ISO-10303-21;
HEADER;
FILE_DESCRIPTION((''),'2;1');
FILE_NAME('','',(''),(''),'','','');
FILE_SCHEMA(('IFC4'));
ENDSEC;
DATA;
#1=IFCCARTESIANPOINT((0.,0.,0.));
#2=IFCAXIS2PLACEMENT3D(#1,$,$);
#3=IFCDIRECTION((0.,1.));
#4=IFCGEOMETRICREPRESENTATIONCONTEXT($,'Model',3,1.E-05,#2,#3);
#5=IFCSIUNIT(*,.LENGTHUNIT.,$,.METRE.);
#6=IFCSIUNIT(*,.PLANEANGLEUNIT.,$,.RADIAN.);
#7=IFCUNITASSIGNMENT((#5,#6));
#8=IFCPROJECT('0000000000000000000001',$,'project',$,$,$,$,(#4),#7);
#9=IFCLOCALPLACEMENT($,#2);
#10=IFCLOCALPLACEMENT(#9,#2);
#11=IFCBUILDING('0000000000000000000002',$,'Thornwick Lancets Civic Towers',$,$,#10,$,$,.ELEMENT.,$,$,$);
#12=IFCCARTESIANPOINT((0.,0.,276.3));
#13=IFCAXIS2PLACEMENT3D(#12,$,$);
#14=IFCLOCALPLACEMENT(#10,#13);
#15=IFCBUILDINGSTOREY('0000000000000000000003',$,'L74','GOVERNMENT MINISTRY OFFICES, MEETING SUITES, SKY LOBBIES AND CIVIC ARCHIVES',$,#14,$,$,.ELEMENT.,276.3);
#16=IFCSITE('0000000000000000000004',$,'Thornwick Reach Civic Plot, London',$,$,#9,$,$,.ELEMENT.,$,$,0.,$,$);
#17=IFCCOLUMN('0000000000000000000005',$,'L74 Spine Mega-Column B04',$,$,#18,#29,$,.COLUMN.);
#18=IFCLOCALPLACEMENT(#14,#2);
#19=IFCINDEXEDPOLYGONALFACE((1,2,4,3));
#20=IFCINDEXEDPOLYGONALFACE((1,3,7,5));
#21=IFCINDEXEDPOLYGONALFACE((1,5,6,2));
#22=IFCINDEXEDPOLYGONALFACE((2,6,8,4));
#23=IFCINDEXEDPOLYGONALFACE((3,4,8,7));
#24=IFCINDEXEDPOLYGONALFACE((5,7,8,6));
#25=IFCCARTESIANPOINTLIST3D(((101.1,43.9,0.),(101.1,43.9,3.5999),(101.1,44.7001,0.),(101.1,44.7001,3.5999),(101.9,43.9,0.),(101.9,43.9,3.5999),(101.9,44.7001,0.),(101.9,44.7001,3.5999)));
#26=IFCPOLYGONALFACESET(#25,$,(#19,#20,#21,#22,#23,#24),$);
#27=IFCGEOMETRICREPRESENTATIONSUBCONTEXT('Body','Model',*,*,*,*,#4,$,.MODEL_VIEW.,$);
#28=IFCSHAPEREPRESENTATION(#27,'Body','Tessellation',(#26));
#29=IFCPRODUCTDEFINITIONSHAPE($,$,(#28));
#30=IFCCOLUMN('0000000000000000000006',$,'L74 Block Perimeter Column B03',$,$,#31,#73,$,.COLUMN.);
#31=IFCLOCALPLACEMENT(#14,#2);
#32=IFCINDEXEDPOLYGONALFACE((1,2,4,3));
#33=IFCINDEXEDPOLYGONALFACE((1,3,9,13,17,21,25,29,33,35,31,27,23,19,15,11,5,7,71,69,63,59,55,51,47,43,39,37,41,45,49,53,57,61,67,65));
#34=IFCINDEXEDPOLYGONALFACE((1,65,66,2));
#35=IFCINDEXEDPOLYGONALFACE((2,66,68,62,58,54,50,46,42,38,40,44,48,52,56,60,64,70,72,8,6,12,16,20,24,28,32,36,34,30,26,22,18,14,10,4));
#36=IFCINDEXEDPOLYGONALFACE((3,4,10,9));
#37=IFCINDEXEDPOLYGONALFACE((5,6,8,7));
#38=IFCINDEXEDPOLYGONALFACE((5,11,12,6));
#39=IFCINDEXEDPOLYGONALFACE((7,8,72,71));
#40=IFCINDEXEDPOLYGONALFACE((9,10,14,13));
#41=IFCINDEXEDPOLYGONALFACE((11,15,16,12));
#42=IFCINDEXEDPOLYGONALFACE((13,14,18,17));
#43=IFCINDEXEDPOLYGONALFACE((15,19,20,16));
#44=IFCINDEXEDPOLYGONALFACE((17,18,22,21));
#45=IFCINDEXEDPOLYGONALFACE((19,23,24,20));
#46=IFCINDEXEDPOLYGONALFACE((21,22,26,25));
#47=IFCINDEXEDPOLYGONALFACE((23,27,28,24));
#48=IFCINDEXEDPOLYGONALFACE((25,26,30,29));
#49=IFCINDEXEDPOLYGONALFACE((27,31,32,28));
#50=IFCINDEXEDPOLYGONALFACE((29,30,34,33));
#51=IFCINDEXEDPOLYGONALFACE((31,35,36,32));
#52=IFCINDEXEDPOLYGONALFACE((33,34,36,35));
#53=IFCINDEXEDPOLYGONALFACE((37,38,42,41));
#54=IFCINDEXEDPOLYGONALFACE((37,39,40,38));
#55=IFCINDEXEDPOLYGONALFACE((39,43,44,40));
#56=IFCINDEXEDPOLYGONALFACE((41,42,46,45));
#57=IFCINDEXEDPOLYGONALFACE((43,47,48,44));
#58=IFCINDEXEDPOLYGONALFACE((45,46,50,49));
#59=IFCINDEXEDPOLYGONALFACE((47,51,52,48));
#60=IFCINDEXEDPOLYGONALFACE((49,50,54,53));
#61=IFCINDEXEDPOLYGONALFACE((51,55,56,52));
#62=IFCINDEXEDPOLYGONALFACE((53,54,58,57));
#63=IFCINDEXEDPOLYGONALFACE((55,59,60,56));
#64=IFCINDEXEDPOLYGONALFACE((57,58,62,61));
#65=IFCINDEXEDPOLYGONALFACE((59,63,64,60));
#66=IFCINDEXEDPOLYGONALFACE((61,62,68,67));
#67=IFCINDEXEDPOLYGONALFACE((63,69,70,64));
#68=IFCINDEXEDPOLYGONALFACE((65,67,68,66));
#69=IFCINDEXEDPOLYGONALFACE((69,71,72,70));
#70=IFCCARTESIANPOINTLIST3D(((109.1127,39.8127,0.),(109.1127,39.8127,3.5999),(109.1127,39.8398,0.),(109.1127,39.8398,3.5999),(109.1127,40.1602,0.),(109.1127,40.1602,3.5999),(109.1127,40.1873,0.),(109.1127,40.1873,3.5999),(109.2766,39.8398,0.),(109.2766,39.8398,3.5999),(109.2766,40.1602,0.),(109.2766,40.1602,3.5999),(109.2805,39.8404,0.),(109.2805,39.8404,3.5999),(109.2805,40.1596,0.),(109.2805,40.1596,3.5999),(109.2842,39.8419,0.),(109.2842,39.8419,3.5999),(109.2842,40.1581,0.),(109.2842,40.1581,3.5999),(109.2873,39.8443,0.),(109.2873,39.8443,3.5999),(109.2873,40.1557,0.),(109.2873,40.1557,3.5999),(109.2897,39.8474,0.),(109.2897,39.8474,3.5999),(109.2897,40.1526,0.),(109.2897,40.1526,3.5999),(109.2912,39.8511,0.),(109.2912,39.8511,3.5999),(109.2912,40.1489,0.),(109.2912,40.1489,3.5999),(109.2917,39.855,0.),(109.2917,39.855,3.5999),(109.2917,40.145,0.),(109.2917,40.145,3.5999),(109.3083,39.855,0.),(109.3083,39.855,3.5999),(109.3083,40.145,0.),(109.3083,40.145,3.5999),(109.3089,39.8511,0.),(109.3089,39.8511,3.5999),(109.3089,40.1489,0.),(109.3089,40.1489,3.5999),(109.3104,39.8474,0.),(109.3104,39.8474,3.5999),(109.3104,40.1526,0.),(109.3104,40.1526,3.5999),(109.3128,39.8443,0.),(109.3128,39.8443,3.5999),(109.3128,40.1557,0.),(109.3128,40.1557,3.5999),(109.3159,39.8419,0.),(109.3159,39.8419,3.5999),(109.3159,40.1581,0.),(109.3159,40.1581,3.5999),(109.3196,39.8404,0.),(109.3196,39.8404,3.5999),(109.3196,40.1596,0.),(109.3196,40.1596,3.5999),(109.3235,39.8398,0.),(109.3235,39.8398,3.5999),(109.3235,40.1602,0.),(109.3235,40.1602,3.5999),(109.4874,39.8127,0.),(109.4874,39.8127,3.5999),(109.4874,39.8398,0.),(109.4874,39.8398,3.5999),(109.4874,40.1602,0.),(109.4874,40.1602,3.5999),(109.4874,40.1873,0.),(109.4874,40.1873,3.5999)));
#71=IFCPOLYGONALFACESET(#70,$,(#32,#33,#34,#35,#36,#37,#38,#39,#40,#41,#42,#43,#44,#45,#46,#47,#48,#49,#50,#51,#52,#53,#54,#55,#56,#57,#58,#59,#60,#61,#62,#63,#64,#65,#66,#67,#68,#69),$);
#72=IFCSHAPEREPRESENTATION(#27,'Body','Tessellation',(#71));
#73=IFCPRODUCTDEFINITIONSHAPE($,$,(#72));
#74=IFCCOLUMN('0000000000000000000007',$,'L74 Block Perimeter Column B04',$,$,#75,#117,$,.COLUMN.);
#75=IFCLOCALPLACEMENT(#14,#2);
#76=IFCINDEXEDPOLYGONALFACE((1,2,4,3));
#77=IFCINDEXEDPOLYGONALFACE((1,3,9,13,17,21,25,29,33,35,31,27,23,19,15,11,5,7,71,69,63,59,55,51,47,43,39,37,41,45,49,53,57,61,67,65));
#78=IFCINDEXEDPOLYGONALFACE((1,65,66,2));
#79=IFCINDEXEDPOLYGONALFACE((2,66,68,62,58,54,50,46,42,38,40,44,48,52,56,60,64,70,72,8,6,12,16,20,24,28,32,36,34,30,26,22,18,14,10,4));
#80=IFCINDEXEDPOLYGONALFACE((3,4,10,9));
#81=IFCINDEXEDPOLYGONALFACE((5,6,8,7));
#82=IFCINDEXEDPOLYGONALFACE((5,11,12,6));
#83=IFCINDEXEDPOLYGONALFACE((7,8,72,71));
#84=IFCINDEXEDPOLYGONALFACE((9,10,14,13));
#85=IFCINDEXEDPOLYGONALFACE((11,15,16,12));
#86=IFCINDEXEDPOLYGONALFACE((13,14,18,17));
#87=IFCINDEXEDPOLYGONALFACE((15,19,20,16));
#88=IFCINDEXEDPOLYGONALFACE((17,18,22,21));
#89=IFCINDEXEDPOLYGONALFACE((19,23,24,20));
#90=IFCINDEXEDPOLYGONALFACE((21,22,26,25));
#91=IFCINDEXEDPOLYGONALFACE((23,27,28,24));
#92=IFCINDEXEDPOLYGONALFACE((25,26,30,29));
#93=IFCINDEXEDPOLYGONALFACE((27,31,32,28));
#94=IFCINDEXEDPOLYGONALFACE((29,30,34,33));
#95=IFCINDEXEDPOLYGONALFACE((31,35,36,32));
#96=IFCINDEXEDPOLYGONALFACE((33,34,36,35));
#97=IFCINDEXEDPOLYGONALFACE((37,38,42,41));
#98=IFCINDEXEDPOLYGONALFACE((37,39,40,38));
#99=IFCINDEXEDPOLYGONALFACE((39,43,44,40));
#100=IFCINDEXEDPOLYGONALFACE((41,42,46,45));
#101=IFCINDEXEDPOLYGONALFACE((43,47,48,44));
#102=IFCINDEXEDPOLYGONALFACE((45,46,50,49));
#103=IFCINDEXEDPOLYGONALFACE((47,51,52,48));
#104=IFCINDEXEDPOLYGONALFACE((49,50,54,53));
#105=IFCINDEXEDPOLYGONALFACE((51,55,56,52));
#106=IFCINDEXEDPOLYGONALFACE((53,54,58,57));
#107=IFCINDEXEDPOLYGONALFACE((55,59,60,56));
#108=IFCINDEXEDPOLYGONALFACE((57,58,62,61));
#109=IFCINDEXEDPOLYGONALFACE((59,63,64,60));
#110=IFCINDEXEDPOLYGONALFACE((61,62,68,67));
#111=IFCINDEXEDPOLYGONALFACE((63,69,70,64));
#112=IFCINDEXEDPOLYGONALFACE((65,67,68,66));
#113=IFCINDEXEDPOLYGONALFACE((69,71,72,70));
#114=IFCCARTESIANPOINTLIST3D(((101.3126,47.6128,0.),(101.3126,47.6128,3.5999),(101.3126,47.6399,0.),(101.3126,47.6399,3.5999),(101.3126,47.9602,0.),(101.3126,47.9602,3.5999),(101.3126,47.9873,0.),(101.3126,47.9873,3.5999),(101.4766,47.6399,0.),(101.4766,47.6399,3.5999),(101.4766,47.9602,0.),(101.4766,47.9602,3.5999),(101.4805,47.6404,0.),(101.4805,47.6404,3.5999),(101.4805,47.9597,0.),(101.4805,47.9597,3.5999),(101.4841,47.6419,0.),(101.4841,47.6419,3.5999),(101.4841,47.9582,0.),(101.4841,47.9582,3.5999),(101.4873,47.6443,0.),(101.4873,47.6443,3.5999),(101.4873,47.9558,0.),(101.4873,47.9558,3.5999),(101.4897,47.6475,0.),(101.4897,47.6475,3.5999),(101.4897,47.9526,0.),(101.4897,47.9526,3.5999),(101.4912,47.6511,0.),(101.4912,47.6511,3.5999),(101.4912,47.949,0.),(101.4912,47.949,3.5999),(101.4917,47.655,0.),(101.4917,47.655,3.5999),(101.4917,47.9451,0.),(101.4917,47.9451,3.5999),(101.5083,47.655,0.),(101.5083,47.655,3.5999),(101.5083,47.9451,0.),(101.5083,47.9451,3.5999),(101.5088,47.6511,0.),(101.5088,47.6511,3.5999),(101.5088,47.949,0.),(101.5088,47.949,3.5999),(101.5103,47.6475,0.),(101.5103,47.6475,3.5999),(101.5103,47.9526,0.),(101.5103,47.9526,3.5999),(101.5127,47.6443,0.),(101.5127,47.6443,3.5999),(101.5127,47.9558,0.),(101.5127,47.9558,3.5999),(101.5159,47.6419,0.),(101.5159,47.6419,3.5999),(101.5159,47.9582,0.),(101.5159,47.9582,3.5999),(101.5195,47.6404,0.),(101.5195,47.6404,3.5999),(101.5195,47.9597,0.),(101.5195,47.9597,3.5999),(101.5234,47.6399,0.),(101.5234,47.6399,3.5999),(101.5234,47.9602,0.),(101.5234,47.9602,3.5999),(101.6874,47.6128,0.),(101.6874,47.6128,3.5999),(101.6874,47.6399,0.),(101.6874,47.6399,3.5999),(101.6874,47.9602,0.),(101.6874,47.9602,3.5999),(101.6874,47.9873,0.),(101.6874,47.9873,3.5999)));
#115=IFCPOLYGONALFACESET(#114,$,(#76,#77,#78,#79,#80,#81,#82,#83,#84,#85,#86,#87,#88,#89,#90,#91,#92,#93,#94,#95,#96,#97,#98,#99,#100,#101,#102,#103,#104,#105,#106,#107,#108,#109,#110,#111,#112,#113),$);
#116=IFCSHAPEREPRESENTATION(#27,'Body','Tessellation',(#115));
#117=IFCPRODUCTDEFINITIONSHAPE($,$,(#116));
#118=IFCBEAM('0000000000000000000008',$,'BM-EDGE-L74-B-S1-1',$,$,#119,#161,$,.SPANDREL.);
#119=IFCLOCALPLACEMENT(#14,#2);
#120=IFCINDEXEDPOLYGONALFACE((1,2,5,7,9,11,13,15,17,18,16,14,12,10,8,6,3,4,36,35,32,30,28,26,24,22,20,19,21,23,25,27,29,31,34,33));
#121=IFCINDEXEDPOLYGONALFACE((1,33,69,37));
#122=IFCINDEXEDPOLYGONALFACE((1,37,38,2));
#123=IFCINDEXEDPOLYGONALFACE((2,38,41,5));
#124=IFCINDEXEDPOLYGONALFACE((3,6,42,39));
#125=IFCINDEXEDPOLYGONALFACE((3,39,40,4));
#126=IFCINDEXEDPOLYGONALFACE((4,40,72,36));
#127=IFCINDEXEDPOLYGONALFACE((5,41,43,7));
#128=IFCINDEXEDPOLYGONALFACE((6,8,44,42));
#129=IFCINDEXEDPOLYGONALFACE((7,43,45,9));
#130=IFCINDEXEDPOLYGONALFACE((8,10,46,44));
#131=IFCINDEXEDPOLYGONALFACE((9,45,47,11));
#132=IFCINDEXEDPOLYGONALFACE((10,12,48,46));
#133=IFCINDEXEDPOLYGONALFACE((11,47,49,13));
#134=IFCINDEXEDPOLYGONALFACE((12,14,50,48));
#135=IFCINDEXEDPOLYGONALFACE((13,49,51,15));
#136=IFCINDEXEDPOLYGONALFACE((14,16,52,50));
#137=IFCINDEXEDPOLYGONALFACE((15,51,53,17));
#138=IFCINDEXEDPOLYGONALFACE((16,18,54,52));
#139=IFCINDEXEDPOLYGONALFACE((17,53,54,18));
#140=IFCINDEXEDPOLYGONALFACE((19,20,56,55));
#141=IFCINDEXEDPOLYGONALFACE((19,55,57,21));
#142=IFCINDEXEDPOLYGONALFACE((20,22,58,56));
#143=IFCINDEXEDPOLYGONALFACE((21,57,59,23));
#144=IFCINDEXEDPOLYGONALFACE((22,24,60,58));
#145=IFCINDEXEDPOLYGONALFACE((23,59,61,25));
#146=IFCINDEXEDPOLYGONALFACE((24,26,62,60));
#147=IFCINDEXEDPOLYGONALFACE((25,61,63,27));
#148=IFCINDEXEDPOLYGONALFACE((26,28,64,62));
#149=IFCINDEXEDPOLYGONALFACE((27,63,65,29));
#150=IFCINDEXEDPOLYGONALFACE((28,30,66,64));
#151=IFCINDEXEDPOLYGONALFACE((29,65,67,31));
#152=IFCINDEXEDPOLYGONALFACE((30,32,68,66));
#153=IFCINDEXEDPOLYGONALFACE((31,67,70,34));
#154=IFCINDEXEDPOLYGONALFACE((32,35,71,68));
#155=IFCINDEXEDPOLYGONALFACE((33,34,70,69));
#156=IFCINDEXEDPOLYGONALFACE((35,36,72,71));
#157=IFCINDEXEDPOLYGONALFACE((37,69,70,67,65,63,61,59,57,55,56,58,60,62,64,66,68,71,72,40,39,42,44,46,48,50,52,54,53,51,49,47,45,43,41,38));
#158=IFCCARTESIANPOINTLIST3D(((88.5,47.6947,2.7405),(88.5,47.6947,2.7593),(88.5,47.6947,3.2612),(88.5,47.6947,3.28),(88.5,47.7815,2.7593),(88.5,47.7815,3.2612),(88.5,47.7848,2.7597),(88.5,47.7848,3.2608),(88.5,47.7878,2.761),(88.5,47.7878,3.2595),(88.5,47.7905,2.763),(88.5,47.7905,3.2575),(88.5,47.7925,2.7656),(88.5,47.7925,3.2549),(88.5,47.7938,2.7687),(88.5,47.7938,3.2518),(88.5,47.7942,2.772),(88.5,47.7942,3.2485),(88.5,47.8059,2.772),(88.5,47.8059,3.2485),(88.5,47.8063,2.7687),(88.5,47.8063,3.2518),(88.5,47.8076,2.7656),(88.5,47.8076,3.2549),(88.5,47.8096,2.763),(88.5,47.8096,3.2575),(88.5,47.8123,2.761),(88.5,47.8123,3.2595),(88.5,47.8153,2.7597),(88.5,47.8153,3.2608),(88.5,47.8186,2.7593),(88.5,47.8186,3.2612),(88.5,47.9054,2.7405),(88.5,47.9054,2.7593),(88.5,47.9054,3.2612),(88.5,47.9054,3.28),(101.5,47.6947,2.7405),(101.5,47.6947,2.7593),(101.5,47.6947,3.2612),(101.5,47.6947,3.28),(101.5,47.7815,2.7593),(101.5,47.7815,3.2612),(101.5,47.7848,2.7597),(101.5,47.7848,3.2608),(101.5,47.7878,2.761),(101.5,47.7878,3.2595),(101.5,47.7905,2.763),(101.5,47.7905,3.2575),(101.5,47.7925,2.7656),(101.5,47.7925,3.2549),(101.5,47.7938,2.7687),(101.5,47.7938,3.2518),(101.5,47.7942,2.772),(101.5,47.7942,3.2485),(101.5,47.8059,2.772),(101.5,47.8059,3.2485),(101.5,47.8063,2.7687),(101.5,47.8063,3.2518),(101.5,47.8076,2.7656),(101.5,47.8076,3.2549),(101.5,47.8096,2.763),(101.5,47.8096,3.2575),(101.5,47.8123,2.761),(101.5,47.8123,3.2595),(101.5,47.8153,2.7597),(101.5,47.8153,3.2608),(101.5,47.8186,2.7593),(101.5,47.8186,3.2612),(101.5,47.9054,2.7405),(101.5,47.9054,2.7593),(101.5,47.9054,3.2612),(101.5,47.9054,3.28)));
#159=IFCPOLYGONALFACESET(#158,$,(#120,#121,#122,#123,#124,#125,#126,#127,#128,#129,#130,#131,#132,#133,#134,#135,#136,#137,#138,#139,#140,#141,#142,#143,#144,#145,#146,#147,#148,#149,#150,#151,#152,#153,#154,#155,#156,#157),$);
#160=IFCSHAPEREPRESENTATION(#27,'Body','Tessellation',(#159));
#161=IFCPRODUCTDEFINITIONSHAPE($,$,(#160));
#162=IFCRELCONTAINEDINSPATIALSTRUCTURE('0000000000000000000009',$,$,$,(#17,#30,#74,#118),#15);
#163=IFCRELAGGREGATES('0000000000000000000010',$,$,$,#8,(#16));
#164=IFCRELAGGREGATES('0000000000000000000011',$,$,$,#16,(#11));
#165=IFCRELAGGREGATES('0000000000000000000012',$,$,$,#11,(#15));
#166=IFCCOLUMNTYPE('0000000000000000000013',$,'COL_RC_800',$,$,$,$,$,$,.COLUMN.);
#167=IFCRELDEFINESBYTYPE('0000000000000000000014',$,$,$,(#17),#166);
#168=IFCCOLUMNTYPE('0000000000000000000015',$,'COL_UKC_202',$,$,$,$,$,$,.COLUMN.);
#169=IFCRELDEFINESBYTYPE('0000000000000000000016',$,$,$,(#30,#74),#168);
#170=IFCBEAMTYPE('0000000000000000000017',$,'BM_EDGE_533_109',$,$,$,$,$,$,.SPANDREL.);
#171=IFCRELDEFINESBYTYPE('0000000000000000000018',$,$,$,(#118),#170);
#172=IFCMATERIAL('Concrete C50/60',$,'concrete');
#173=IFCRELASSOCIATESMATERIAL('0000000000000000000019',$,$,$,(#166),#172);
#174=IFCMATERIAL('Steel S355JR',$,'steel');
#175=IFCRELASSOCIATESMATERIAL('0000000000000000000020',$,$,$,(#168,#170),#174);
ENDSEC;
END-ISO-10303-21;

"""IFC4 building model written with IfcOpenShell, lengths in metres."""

from ifc_helpers import new_model, si_unit, direction, frame, origin, origin_2d, place, context, subcontext, project, spatial, rectangle, i_section, extrude, material, material_profile, profile_set, type_object, element, save


model = new_model("IFC4")

# Units and contexts
model_context = context("Model", 3, precision=1e-05, world=origin(), true_north=direction((0.0, 1.0)))
body_context = subcontext(model_context, "Body", "Model", "MODEL_VIEW")
ifc_project = project(units=[si_unit("LENGTHUNIT", "METRE"), si_unit("PLANEANGLEUNIT", "RADIAN")], contexts=[model_context])

# Site, building, storey
site_placement = place(None, origin())
site = spatial("IfcSite", under=ifc_project, at=site_placement, Name="Thornwick Reach Civic Plot, London", CompositionType="ELEMENT", RefElevation=0.0)
building_placement = place(site_placement, origin())
building = spatial("IfcBuilding", under=site, at=building_placement, Name="Thornwick Lancets Civic Towers", CompositionType="ELEMENT")
storey_placement = place(building_placement, frame((0.0, 0.0, 276.3)))
storey = spatial("IfcBuildingStorey", under=building, at=storey_placement, Name="L74", Description="GOVERNMENT MINISTRY OFFICES, MEETING SUITES, SKY LOBBIES AND CIVIC ARCHIVES", CompositionType="ELEMENT", Elevation=276.3)

# Columns
ifc_material_1 = material(Name="Concrete C50/60", Category="concrete")
ifc_material_profile_1 = material_profile(ifc_material_1, rectangle(XDim=0.8, YDim=0.8, at=origin_2d()), Name="RC 800x800")
ifc_profile_set_1 = profile_set([ifc_material_profile_1], Name="Concrete C50/60")
column_type_1 = type_object("IfcColumnType", Name="COL_RC_800", PredefinedType="COLUMN", material=ifc_profile_set_1)
column_placement = place(storey_placement, frame((101.5, 44.3, 0.0), z_axis=(0.0, 0.0, 1.0), x_axis=(1.0, 0.0, 0.0)))
element("IfcColumn", 1, at=column_placement, inside=storey, type_object=column_type_1, Name="L74 Spine Mega-Column B04", PredefinedType="COLUMN", context=body_context, shape_type="SweptSolid", body=[
    extrude(rectangle(XDim=0.8, YDim=0.8, at=origin_2d()), origin(), (0.0, 0.0, 1.0), 3.5999),
])
ifc_material_2 = material(Name="Steel S355JR", Category="steel")
ifc_material_profile_2 = material_profile(ifc_material_2, i_section(OverallWidth=0.3748, OverallDepth=0.3745, WebThickness=0.0166, FlangeThickness=0.0271, FilletRadius=0.0151, at=origin_2d()), Name="UKC 356x368x202")
ifc_profile_set_2 = profile_set([ifc_material_profile_2], Name="Steel S355JR")
column_type_2 = type_object("IfcColumnType", Name="COL_UKC_202", PredefinedType="COLUMN", material=ifc_profile_set_2)
for number, where, z_axis, x_axis, name in (
    (2, (109.3, 40.0, 0.0), (0.0, 0.0, 1.0), (1.0, 0.0, 0.0), "L74 Block Perimeter Column B03"),
    (3, (101.5, 47.8, 0.0), (0.0, 0.0, 1.0), (1.0, 0.0, 0.0), "L74 Block Perimeter Column B04"),
):
    element("IfcColumn", number, at=place(storey_placement, frame(where, z_axis=z_axis, x_axis=x_axis)), inside=storey, type_object=column_type_2, Name=name, PredefinedType="COLUMN", context=body_context, shape_type="SweptSolid", body=[
        extrude(i_section(OverallWidth=0.3748, OverallDepth=0.3745, WebThickness=0.0166, FlangeThickness=0.0271, FilletRadius=0.0151, at=origin_2d()), origin(), (0.0, 0.0, 1.0), 3.5999),
    ])

# Beam
ifc_material_profile_3 = material_profile(ifc_material_2, i_section(OverallWidth=0.2107, OverallDepth=0.5396, WebThickness=0.0117, FlangeThickness=0.0188, FilletRadius=0.0127, at=origin_2d()), Name="UKB 533x210x109")
ifc_profile_set_3 = profile_set([ifc_material_profile_3], Name="Steel S355JR")
beam_type_1 = type_object("IfcBeamType", Name="BM_EDGE_533_109", PredefinedType="SPANDREL", material=ifc_profile_set_3)
beam_1_placement = place(storey_placement, frame((101.5, 47.8, 3.0103), z_axis=(-1.0, 0.0, 0.0), x_axis=(0.0, -1.0, 0.0)))
element("IfcBeam", 4, at=beam_1_placement, inside=storey, type_object=beam_type_1, Name="BM-EDGE-L74-B-S1-1", PredefinedType="SPANDREL", context=body_context, shape_type="SweptSolid", body=[
    extrude(i_section(OverallWidth=0.2107, OverallDepth=0.5396, WebThickness=0.0117, FlangeThickness=0.0188, FilletRadius=0.0127, at=origin_2d()), origin(), (0.0, 0.0, 1.0), 13.0),
])

save(model, "model.ifc")
